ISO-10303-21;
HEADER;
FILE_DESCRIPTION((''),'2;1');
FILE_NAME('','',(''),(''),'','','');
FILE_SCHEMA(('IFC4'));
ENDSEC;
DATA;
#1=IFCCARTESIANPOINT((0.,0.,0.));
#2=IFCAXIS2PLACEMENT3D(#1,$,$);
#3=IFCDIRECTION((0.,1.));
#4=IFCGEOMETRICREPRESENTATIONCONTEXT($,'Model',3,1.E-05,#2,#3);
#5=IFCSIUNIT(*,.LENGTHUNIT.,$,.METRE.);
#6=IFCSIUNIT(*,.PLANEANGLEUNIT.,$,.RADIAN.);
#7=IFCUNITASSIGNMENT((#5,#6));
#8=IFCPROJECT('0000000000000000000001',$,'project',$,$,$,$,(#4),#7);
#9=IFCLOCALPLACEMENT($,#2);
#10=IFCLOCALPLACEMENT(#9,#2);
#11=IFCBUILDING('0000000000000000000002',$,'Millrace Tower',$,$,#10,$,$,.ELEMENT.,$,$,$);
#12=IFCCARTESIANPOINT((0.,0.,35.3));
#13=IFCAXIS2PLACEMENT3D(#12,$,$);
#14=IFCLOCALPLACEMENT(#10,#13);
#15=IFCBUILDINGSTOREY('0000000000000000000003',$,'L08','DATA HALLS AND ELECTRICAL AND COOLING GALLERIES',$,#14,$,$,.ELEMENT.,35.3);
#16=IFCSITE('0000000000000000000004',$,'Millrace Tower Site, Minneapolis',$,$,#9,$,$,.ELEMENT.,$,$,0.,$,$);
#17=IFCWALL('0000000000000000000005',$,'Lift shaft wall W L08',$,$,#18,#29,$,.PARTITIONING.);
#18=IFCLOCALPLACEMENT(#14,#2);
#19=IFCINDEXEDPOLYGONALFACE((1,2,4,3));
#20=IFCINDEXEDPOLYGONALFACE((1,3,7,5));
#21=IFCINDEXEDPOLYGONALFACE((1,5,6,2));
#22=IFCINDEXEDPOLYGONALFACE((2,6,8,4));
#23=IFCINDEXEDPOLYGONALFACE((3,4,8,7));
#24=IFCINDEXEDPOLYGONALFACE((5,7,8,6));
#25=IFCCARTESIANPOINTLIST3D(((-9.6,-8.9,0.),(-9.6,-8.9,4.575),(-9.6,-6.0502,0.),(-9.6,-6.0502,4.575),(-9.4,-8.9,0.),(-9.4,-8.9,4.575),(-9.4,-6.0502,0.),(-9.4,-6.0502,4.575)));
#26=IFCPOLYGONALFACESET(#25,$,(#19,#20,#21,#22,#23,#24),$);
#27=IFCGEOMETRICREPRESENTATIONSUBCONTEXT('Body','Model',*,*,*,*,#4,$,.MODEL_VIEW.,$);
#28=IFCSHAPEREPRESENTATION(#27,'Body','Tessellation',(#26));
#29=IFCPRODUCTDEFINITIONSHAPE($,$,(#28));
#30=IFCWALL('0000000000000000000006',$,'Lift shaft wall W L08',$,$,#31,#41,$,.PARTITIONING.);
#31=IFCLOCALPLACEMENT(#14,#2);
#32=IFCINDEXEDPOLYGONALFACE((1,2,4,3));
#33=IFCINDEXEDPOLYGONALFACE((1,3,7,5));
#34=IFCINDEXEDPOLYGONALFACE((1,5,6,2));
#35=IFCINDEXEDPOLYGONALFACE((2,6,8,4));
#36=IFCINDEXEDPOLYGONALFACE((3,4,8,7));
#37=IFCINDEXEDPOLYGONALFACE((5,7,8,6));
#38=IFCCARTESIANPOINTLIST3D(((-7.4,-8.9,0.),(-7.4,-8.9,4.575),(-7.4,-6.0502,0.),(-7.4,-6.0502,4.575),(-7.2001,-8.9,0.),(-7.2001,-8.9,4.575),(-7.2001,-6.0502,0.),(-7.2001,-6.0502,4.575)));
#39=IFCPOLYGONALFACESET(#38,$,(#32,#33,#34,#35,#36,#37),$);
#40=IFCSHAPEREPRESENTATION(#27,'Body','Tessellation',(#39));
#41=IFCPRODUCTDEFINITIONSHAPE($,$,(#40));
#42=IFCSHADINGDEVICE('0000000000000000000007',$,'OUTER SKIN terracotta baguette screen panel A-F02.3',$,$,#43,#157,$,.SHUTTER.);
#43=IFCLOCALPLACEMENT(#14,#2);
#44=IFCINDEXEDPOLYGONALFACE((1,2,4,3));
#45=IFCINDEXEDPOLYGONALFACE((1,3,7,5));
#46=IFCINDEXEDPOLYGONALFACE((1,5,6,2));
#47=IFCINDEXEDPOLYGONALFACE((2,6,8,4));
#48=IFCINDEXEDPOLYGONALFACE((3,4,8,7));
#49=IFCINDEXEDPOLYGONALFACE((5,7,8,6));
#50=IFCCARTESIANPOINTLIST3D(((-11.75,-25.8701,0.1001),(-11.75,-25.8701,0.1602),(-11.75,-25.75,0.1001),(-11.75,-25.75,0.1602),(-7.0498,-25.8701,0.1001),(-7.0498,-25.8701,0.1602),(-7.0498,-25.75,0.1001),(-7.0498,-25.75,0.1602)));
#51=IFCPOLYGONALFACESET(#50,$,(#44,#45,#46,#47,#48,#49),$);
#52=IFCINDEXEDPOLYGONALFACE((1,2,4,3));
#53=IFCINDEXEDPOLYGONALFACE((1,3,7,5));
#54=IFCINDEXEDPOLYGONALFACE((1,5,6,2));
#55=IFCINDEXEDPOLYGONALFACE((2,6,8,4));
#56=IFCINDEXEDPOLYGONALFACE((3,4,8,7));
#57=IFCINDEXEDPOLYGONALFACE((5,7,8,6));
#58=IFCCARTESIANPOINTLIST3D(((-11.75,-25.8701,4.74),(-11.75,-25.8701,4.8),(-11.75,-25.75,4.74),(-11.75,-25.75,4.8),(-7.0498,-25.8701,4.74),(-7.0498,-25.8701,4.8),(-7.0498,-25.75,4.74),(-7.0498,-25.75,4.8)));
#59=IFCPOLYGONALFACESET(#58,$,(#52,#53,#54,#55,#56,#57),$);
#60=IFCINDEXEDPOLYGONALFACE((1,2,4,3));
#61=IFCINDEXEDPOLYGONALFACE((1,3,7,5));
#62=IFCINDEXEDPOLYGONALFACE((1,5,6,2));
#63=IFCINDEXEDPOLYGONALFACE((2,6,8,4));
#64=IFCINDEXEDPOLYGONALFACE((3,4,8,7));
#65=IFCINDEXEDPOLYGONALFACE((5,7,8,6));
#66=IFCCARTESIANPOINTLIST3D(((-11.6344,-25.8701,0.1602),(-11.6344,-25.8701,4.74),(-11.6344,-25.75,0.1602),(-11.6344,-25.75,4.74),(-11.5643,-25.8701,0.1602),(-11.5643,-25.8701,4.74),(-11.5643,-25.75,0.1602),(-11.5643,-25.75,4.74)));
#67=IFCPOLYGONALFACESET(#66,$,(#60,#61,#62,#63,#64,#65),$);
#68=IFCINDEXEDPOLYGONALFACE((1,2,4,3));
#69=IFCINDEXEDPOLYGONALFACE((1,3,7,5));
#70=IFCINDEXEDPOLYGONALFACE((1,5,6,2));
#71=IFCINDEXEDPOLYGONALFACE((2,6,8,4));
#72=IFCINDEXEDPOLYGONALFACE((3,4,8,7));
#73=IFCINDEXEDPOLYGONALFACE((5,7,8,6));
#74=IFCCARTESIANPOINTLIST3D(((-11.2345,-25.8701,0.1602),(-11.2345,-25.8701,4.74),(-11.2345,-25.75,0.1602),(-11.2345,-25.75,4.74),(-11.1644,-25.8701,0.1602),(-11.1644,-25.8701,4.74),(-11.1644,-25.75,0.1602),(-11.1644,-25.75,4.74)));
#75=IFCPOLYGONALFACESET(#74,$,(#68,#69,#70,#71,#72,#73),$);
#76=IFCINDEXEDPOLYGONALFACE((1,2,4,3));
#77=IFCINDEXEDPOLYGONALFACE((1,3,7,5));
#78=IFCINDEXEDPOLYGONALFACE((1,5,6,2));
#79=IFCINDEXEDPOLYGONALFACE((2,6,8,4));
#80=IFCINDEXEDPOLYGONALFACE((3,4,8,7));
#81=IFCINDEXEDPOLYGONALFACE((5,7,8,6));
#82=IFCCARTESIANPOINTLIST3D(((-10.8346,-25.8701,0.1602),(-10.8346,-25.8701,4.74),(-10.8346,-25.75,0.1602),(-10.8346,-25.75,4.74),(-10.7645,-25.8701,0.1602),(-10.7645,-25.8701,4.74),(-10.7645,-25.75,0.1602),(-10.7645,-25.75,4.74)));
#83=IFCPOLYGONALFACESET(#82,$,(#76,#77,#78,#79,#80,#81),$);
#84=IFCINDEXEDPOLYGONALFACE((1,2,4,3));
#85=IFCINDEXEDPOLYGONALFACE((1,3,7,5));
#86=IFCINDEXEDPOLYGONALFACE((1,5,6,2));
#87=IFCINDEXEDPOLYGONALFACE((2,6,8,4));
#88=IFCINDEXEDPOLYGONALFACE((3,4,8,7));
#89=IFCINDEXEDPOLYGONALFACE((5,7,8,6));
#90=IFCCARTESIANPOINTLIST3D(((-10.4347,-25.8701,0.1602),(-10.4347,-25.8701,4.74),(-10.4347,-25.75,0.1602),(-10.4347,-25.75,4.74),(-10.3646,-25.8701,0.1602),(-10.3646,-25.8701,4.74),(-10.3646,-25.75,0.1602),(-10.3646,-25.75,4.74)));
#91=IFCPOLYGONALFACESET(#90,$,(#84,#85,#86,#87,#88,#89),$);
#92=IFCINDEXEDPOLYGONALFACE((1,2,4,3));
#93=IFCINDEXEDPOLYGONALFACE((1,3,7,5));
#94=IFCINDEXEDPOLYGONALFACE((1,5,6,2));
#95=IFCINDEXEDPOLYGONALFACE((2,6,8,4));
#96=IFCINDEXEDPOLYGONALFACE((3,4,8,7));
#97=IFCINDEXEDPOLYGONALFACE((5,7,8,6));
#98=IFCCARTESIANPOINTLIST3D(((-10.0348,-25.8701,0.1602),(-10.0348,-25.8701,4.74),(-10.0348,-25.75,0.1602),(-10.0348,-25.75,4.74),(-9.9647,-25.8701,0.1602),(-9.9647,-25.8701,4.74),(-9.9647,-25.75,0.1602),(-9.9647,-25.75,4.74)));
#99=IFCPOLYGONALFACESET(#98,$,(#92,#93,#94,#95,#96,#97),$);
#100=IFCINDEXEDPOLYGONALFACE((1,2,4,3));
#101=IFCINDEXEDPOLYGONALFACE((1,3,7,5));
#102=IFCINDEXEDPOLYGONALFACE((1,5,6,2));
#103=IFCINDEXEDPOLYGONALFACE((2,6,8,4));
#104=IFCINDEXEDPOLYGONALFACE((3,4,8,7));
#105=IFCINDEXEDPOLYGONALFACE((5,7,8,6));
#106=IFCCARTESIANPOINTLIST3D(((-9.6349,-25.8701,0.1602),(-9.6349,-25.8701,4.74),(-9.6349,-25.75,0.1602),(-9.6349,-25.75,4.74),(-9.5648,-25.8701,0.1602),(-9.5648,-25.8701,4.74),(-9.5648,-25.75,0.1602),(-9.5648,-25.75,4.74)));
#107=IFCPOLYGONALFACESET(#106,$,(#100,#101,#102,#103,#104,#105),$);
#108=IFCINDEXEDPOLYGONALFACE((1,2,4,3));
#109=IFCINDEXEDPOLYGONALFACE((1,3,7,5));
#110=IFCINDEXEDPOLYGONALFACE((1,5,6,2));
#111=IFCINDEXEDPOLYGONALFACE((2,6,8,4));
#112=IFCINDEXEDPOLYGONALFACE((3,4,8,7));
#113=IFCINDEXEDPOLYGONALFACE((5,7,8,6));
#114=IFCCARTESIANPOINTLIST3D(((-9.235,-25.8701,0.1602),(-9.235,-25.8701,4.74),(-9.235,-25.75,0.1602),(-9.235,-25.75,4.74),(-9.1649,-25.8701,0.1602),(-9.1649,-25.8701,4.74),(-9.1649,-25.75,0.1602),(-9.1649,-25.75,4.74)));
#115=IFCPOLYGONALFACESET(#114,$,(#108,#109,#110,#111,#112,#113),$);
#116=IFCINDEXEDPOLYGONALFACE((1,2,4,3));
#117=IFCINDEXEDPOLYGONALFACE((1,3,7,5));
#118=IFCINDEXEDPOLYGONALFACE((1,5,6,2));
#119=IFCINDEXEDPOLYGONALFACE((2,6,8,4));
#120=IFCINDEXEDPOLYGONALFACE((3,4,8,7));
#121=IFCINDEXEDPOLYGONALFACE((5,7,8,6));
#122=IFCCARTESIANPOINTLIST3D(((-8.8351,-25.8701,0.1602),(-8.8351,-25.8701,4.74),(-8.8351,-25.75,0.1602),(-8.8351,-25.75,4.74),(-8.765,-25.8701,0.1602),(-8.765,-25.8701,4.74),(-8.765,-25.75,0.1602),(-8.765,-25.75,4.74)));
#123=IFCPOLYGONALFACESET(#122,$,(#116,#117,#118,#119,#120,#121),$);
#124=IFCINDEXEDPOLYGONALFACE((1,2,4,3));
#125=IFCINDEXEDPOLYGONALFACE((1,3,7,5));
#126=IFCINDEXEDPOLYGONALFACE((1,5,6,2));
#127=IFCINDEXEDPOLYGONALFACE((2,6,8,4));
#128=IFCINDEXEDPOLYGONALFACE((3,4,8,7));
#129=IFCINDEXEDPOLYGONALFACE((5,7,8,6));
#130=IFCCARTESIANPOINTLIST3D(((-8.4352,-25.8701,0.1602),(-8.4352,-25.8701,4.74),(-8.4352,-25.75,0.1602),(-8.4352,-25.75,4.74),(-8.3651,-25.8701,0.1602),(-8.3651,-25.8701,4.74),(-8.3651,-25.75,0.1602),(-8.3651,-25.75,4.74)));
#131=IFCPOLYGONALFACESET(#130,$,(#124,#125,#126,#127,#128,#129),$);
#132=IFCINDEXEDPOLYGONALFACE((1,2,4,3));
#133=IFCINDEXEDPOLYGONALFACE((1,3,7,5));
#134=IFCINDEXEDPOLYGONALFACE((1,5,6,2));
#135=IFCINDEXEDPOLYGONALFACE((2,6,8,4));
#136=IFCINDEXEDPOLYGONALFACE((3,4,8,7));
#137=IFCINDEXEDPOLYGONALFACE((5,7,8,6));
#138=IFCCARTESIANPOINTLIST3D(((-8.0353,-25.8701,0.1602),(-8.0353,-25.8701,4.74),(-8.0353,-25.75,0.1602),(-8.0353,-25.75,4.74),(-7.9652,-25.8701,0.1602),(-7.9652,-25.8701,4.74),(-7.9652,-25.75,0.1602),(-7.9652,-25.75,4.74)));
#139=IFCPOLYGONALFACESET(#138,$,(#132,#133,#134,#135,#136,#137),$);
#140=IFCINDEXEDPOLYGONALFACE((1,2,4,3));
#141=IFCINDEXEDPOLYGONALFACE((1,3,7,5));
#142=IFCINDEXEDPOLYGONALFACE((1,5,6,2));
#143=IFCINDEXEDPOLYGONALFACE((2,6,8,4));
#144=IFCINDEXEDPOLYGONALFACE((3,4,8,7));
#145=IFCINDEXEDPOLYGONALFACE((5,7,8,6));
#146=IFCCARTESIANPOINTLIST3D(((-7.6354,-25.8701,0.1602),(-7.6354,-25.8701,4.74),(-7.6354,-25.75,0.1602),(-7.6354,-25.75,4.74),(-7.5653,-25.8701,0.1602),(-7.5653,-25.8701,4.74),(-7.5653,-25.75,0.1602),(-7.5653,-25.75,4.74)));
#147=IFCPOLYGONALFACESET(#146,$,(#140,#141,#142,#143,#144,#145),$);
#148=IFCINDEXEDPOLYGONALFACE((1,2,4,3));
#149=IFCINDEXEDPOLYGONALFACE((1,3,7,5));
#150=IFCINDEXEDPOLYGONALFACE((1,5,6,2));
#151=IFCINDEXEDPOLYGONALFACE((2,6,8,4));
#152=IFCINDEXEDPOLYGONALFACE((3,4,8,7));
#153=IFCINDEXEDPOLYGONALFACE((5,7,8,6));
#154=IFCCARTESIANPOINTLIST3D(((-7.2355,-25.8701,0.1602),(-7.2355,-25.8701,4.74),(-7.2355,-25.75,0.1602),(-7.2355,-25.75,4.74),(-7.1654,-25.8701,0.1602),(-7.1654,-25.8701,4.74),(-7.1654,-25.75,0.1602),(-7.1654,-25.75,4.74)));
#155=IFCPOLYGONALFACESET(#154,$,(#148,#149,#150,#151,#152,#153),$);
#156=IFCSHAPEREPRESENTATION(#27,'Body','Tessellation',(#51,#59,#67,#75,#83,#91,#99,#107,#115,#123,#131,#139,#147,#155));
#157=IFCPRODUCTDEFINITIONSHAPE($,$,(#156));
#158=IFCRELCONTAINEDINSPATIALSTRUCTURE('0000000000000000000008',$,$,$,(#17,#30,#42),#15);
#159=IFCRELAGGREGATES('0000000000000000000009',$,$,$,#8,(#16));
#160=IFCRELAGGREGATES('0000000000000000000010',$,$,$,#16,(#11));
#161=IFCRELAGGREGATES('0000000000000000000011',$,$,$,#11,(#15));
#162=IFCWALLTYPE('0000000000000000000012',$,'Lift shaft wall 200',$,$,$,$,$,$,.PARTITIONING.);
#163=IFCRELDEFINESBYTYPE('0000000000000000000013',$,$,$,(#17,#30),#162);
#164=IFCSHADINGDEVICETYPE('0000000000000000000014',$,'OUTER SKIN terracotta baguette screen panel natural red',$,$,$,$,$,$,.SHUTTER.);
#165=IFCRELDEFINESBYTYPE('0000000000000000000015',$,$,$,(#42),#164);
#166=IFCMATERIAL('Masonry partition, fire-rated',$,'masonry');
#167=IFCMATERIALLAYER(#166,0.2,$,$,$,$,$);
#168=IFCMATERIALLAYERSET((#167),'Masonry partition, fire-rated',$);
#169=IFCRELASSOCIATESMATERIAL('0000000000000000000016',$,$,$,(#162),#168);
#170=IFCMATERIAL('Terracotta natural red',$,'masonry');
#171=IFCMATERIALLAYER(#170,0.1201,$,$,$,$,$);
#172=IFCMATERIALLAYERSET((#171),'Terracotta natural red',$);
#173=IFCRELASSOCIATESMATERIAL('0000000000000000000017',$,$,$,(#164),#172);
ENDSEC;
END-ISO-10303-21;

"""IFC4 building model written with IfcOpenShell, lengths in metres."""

from ifc_helpers import new_model, entity, si_unit, direction, frame, frame_2d, origin, place, context, subcontext, project, spatial, rectangle, extrude, source, transform, mapped, material, layer, layer_set, type_object, element, save


model = new_model("IFC4")

# Units and contexts
model_context = context("Model", 3, precision=1e-05, world=origin(), true_north=direction((0.0, 1.0)))
body_context = subcontext(model_context, "Body", "Model", "MODEL_VIEW")
ifc_project = project(units=[si_unit("LENGTHUNIT", "METRE"), si_unit("PLANEANGLEUNIT", "RADIAN")], contexts=[model_context])

# Site, building, storey
site_placement = place(None, origin())
site = spatial("IfcSite", under=ifc_project, at=site_placement, Name="Millrace Tower Site, Minneapolis", CompositionType="ELEMENT", RefElevation=0.0)
building_placement = place(site_placement, origin())
building = spatial("IfcBuilding", under=site, at=building_placement, Name="Millrace Tower", CompositionType="ELEMENT")
storey_placement = place(building_placement, frame((0.0, 0.0, 35.3)))
storey = spatial("IfcBuildingStorey", under=building, at=storey_placement, Name="L08", Description="DATA HALLS AND ELECTRICAL AND COOLING GALLERIES", CompositionType="ELEMENT", Elevation=35.3)

# Walls
ifc_material_1 = material(Name="Masonry partition, fire-rated", Category="masonry")
ifc_layer_1 = layer(ifc_material_1, 0.2)
ifc_layer_set_1 = layer_set([ifc_layer_1], Name="Masonry partition, fire-rated")
wall_type_1 = type_object("IfcWallType", Name="Lift shaft wall 200", PredefinedType="PARTITIONING", material=ifc_layer_set_1)
for number, where, z_axis, x_axis, name in (
    (1, (-9.5, -8.8999, 0.0), (0.0, 0.0, 1.0), (0.0, 1.0, 0.0), "Lift shaft wall W L08"),
    (2, (-7.3, -8.8999, 0.0), (0.0, 0.0, 1.0), (0.0, 1.0, 0.0), "Lift shaft wall W L08"),
):
    element("IfcWall", number, at=place(storey_placement, frame(where, z_axis=z_axis, x_axis=x_axis)), inside=storey, type_object=wall_type_1, Name=name, PredefinedType="PARTITIONING", context=body_context, shape_type="SweptSolid", body=[
        extrude(rectangle(XDim=2.8499, YDim=0.2, at=frame_2d((1.4248, 0.0))), origin(), (0.0, 0.0, 1.0), 4.575),
    ])

# Shading device
cartesian_point = entity("IfcCartesianPoint", [-2.3501, 0.0601])
shared_polyline = entity("IfcPolyline", [cartesian_point, entity("IfcCartesianPoint", [2.3501, 0.0601]), entity("IfcCartesianPoint", [2.3501, -0.0601]), entity("IfcCartesianPoint", [-2.3501, -0.0601]), cartesian_point])
ifc_material_2 = material(Name="Terracotta natural red", Category="masonry")
ifc_layer_2 = layer(ifc_material_2, 0.1201)
ifc_layer_set_2 = layer_set([ifc_layer_2], Name="Terracotta natural red")
shading_device_type_1 = type_object("IfcShadingDeviceType", Name="OUTER SKIN terracotta baguette screen panel natural red", PredefinedType="SHUTTER", material=ifc_layer_set_2)
shared_shape_1 = source(origin(), body_context, "Body", "SweptSolid", [
    entity("IfcExtrudedAreaSolid", entity("IfcArbitraryClosedProfileDef", "AREA", None, shared_polyline), entity("IfcAxis2Placement3D", entity("IfcCartesianPoint", [0.0, 0.0, 0.0])), entity("IfcDirection", [0.0, 0.0, 1.0]), 0.0601),
    entity("IfcExtrudedAreaSolid", entity("IfcArbitraryClosedProfileDef", "AREA", None, shared_polyline), entity("IfcAxis2Placement3D", entity("IfcCartesianPoint", [0.0, 0.0, 4.6399])), entity("IfcDirection", [0.0, 0.0, 1.0]), 0.0601),
    extrude(rectangle(XDim=0.0701, YDim=0.1201, at=frame_2d((-2.1995, 0.0))), frame((0.0, 0.0, 0.0601)), (0.0, 0.0, 1.0), 4.5798),
    extrude(rectangle(XDim=0.0701, YDim=0.1201, at=frame_2d((-1.7996, 0.0))), frame((0.0, 0.0, 0.0601)), (0.0, 0.0, 1.0), 4.5798),
    extrude(rectangle(XDim=0.0701, YDim=0.1201, at=frame_2d((-1.3997, 0.0))), frame((0.0, 0.0, 0.0601)), (0.0, 0.0, 1.0), 4.5798),
    extrude(rectangle(XDim=0.0701, YDim=0.1201, at=frame_2d((-0.9998, 0.0))), frame((0.0, 0.0, 0.0601)), (0.0, 0.0, 1.0), 4.5798),
    extrude(rectangle(XDim=0.0701, YDim=0.1201, at=frame_2d((-0.5999, 0.0))), frame((0.0, 0.0, 0.0601)), (0.0, 0.0, 1.0), 4.5798),
    extrude(rectangle(XDim=0.0701, YDim=0.1201, at=frame_2d((-0.2, 0.0))), frame((0.0, 0.0, 0.0601)), (0.0, 0.0, 1.0), 4.5798),
    extrude(rectangle(XDim=0.0701, YDim=0.1201, at=frame_2d((0.2, 0.0))), frame((0.0, 0.0, 0.0601)), (0.0, 0.0, 1.0), 4.5798),
    extrude(rectangle(XDim=0.0701, YDim=0.1201, at=frame_2d((0.5999, 0.0))), frame((0.0, 0.0, 0.0601)), (0.0, 0.0, 1.0), 4.5798),
    extrude(rectangle(XDim=0.0701, YDim=0.1201, at=frame_2d((0.9998, 0.0))), frame((0.0, 0.0, 0.0601)), (0.0, 0.0, 1.0), 4.5798),
    extrude(rectangle(XDim=0.0701, YDim=0.1201, at=frame_2d((1.3997, 0.0))), frame((0.0, 0.0, 0.0601)), (0.0, 0.0, 1.0), 4.5798),
    extrude(rectangle(XDim=0.0701, YDim=0.1201, at=frame_2d((1.7996, 0.0))), frame((0.0, 0.0, 0.0601)), (0.0, 0.0, 1.0), 4.5798),
    extrude(rectangle(XDim=0.0701, YDim=0.1201, at=frame_2d((2.1995, 0.0))), frame((0.0, 0.0, 0.0601)), (0.0, 0.0, 1.0), 4.5798),
])
for number, where, z_axis, x_axis, name in (
    (3, (-9.3999, -25.8101, 0.1001), (0.0, 0.0, 1.0), (1.0, 0.0, 0.0), "OUTER SKIN terracotta baguette screen panel A-F02.3"),
):
    element("IfcShadingDevice", number, at=place(storey_placement, frame(where, z_axis=z_axis, x_axis=x_axis)), inside=storey, type_object=shading_device_type_1, Name=name, PredefinedType="SHUTTER", context=body_context, shape_type="MappedRepresentation", body=[
        mapped(shared_shape_1, transform((0.0, 0.0, 0.0), scale=1.0)),
    ])

save(model, "model.ifc")
